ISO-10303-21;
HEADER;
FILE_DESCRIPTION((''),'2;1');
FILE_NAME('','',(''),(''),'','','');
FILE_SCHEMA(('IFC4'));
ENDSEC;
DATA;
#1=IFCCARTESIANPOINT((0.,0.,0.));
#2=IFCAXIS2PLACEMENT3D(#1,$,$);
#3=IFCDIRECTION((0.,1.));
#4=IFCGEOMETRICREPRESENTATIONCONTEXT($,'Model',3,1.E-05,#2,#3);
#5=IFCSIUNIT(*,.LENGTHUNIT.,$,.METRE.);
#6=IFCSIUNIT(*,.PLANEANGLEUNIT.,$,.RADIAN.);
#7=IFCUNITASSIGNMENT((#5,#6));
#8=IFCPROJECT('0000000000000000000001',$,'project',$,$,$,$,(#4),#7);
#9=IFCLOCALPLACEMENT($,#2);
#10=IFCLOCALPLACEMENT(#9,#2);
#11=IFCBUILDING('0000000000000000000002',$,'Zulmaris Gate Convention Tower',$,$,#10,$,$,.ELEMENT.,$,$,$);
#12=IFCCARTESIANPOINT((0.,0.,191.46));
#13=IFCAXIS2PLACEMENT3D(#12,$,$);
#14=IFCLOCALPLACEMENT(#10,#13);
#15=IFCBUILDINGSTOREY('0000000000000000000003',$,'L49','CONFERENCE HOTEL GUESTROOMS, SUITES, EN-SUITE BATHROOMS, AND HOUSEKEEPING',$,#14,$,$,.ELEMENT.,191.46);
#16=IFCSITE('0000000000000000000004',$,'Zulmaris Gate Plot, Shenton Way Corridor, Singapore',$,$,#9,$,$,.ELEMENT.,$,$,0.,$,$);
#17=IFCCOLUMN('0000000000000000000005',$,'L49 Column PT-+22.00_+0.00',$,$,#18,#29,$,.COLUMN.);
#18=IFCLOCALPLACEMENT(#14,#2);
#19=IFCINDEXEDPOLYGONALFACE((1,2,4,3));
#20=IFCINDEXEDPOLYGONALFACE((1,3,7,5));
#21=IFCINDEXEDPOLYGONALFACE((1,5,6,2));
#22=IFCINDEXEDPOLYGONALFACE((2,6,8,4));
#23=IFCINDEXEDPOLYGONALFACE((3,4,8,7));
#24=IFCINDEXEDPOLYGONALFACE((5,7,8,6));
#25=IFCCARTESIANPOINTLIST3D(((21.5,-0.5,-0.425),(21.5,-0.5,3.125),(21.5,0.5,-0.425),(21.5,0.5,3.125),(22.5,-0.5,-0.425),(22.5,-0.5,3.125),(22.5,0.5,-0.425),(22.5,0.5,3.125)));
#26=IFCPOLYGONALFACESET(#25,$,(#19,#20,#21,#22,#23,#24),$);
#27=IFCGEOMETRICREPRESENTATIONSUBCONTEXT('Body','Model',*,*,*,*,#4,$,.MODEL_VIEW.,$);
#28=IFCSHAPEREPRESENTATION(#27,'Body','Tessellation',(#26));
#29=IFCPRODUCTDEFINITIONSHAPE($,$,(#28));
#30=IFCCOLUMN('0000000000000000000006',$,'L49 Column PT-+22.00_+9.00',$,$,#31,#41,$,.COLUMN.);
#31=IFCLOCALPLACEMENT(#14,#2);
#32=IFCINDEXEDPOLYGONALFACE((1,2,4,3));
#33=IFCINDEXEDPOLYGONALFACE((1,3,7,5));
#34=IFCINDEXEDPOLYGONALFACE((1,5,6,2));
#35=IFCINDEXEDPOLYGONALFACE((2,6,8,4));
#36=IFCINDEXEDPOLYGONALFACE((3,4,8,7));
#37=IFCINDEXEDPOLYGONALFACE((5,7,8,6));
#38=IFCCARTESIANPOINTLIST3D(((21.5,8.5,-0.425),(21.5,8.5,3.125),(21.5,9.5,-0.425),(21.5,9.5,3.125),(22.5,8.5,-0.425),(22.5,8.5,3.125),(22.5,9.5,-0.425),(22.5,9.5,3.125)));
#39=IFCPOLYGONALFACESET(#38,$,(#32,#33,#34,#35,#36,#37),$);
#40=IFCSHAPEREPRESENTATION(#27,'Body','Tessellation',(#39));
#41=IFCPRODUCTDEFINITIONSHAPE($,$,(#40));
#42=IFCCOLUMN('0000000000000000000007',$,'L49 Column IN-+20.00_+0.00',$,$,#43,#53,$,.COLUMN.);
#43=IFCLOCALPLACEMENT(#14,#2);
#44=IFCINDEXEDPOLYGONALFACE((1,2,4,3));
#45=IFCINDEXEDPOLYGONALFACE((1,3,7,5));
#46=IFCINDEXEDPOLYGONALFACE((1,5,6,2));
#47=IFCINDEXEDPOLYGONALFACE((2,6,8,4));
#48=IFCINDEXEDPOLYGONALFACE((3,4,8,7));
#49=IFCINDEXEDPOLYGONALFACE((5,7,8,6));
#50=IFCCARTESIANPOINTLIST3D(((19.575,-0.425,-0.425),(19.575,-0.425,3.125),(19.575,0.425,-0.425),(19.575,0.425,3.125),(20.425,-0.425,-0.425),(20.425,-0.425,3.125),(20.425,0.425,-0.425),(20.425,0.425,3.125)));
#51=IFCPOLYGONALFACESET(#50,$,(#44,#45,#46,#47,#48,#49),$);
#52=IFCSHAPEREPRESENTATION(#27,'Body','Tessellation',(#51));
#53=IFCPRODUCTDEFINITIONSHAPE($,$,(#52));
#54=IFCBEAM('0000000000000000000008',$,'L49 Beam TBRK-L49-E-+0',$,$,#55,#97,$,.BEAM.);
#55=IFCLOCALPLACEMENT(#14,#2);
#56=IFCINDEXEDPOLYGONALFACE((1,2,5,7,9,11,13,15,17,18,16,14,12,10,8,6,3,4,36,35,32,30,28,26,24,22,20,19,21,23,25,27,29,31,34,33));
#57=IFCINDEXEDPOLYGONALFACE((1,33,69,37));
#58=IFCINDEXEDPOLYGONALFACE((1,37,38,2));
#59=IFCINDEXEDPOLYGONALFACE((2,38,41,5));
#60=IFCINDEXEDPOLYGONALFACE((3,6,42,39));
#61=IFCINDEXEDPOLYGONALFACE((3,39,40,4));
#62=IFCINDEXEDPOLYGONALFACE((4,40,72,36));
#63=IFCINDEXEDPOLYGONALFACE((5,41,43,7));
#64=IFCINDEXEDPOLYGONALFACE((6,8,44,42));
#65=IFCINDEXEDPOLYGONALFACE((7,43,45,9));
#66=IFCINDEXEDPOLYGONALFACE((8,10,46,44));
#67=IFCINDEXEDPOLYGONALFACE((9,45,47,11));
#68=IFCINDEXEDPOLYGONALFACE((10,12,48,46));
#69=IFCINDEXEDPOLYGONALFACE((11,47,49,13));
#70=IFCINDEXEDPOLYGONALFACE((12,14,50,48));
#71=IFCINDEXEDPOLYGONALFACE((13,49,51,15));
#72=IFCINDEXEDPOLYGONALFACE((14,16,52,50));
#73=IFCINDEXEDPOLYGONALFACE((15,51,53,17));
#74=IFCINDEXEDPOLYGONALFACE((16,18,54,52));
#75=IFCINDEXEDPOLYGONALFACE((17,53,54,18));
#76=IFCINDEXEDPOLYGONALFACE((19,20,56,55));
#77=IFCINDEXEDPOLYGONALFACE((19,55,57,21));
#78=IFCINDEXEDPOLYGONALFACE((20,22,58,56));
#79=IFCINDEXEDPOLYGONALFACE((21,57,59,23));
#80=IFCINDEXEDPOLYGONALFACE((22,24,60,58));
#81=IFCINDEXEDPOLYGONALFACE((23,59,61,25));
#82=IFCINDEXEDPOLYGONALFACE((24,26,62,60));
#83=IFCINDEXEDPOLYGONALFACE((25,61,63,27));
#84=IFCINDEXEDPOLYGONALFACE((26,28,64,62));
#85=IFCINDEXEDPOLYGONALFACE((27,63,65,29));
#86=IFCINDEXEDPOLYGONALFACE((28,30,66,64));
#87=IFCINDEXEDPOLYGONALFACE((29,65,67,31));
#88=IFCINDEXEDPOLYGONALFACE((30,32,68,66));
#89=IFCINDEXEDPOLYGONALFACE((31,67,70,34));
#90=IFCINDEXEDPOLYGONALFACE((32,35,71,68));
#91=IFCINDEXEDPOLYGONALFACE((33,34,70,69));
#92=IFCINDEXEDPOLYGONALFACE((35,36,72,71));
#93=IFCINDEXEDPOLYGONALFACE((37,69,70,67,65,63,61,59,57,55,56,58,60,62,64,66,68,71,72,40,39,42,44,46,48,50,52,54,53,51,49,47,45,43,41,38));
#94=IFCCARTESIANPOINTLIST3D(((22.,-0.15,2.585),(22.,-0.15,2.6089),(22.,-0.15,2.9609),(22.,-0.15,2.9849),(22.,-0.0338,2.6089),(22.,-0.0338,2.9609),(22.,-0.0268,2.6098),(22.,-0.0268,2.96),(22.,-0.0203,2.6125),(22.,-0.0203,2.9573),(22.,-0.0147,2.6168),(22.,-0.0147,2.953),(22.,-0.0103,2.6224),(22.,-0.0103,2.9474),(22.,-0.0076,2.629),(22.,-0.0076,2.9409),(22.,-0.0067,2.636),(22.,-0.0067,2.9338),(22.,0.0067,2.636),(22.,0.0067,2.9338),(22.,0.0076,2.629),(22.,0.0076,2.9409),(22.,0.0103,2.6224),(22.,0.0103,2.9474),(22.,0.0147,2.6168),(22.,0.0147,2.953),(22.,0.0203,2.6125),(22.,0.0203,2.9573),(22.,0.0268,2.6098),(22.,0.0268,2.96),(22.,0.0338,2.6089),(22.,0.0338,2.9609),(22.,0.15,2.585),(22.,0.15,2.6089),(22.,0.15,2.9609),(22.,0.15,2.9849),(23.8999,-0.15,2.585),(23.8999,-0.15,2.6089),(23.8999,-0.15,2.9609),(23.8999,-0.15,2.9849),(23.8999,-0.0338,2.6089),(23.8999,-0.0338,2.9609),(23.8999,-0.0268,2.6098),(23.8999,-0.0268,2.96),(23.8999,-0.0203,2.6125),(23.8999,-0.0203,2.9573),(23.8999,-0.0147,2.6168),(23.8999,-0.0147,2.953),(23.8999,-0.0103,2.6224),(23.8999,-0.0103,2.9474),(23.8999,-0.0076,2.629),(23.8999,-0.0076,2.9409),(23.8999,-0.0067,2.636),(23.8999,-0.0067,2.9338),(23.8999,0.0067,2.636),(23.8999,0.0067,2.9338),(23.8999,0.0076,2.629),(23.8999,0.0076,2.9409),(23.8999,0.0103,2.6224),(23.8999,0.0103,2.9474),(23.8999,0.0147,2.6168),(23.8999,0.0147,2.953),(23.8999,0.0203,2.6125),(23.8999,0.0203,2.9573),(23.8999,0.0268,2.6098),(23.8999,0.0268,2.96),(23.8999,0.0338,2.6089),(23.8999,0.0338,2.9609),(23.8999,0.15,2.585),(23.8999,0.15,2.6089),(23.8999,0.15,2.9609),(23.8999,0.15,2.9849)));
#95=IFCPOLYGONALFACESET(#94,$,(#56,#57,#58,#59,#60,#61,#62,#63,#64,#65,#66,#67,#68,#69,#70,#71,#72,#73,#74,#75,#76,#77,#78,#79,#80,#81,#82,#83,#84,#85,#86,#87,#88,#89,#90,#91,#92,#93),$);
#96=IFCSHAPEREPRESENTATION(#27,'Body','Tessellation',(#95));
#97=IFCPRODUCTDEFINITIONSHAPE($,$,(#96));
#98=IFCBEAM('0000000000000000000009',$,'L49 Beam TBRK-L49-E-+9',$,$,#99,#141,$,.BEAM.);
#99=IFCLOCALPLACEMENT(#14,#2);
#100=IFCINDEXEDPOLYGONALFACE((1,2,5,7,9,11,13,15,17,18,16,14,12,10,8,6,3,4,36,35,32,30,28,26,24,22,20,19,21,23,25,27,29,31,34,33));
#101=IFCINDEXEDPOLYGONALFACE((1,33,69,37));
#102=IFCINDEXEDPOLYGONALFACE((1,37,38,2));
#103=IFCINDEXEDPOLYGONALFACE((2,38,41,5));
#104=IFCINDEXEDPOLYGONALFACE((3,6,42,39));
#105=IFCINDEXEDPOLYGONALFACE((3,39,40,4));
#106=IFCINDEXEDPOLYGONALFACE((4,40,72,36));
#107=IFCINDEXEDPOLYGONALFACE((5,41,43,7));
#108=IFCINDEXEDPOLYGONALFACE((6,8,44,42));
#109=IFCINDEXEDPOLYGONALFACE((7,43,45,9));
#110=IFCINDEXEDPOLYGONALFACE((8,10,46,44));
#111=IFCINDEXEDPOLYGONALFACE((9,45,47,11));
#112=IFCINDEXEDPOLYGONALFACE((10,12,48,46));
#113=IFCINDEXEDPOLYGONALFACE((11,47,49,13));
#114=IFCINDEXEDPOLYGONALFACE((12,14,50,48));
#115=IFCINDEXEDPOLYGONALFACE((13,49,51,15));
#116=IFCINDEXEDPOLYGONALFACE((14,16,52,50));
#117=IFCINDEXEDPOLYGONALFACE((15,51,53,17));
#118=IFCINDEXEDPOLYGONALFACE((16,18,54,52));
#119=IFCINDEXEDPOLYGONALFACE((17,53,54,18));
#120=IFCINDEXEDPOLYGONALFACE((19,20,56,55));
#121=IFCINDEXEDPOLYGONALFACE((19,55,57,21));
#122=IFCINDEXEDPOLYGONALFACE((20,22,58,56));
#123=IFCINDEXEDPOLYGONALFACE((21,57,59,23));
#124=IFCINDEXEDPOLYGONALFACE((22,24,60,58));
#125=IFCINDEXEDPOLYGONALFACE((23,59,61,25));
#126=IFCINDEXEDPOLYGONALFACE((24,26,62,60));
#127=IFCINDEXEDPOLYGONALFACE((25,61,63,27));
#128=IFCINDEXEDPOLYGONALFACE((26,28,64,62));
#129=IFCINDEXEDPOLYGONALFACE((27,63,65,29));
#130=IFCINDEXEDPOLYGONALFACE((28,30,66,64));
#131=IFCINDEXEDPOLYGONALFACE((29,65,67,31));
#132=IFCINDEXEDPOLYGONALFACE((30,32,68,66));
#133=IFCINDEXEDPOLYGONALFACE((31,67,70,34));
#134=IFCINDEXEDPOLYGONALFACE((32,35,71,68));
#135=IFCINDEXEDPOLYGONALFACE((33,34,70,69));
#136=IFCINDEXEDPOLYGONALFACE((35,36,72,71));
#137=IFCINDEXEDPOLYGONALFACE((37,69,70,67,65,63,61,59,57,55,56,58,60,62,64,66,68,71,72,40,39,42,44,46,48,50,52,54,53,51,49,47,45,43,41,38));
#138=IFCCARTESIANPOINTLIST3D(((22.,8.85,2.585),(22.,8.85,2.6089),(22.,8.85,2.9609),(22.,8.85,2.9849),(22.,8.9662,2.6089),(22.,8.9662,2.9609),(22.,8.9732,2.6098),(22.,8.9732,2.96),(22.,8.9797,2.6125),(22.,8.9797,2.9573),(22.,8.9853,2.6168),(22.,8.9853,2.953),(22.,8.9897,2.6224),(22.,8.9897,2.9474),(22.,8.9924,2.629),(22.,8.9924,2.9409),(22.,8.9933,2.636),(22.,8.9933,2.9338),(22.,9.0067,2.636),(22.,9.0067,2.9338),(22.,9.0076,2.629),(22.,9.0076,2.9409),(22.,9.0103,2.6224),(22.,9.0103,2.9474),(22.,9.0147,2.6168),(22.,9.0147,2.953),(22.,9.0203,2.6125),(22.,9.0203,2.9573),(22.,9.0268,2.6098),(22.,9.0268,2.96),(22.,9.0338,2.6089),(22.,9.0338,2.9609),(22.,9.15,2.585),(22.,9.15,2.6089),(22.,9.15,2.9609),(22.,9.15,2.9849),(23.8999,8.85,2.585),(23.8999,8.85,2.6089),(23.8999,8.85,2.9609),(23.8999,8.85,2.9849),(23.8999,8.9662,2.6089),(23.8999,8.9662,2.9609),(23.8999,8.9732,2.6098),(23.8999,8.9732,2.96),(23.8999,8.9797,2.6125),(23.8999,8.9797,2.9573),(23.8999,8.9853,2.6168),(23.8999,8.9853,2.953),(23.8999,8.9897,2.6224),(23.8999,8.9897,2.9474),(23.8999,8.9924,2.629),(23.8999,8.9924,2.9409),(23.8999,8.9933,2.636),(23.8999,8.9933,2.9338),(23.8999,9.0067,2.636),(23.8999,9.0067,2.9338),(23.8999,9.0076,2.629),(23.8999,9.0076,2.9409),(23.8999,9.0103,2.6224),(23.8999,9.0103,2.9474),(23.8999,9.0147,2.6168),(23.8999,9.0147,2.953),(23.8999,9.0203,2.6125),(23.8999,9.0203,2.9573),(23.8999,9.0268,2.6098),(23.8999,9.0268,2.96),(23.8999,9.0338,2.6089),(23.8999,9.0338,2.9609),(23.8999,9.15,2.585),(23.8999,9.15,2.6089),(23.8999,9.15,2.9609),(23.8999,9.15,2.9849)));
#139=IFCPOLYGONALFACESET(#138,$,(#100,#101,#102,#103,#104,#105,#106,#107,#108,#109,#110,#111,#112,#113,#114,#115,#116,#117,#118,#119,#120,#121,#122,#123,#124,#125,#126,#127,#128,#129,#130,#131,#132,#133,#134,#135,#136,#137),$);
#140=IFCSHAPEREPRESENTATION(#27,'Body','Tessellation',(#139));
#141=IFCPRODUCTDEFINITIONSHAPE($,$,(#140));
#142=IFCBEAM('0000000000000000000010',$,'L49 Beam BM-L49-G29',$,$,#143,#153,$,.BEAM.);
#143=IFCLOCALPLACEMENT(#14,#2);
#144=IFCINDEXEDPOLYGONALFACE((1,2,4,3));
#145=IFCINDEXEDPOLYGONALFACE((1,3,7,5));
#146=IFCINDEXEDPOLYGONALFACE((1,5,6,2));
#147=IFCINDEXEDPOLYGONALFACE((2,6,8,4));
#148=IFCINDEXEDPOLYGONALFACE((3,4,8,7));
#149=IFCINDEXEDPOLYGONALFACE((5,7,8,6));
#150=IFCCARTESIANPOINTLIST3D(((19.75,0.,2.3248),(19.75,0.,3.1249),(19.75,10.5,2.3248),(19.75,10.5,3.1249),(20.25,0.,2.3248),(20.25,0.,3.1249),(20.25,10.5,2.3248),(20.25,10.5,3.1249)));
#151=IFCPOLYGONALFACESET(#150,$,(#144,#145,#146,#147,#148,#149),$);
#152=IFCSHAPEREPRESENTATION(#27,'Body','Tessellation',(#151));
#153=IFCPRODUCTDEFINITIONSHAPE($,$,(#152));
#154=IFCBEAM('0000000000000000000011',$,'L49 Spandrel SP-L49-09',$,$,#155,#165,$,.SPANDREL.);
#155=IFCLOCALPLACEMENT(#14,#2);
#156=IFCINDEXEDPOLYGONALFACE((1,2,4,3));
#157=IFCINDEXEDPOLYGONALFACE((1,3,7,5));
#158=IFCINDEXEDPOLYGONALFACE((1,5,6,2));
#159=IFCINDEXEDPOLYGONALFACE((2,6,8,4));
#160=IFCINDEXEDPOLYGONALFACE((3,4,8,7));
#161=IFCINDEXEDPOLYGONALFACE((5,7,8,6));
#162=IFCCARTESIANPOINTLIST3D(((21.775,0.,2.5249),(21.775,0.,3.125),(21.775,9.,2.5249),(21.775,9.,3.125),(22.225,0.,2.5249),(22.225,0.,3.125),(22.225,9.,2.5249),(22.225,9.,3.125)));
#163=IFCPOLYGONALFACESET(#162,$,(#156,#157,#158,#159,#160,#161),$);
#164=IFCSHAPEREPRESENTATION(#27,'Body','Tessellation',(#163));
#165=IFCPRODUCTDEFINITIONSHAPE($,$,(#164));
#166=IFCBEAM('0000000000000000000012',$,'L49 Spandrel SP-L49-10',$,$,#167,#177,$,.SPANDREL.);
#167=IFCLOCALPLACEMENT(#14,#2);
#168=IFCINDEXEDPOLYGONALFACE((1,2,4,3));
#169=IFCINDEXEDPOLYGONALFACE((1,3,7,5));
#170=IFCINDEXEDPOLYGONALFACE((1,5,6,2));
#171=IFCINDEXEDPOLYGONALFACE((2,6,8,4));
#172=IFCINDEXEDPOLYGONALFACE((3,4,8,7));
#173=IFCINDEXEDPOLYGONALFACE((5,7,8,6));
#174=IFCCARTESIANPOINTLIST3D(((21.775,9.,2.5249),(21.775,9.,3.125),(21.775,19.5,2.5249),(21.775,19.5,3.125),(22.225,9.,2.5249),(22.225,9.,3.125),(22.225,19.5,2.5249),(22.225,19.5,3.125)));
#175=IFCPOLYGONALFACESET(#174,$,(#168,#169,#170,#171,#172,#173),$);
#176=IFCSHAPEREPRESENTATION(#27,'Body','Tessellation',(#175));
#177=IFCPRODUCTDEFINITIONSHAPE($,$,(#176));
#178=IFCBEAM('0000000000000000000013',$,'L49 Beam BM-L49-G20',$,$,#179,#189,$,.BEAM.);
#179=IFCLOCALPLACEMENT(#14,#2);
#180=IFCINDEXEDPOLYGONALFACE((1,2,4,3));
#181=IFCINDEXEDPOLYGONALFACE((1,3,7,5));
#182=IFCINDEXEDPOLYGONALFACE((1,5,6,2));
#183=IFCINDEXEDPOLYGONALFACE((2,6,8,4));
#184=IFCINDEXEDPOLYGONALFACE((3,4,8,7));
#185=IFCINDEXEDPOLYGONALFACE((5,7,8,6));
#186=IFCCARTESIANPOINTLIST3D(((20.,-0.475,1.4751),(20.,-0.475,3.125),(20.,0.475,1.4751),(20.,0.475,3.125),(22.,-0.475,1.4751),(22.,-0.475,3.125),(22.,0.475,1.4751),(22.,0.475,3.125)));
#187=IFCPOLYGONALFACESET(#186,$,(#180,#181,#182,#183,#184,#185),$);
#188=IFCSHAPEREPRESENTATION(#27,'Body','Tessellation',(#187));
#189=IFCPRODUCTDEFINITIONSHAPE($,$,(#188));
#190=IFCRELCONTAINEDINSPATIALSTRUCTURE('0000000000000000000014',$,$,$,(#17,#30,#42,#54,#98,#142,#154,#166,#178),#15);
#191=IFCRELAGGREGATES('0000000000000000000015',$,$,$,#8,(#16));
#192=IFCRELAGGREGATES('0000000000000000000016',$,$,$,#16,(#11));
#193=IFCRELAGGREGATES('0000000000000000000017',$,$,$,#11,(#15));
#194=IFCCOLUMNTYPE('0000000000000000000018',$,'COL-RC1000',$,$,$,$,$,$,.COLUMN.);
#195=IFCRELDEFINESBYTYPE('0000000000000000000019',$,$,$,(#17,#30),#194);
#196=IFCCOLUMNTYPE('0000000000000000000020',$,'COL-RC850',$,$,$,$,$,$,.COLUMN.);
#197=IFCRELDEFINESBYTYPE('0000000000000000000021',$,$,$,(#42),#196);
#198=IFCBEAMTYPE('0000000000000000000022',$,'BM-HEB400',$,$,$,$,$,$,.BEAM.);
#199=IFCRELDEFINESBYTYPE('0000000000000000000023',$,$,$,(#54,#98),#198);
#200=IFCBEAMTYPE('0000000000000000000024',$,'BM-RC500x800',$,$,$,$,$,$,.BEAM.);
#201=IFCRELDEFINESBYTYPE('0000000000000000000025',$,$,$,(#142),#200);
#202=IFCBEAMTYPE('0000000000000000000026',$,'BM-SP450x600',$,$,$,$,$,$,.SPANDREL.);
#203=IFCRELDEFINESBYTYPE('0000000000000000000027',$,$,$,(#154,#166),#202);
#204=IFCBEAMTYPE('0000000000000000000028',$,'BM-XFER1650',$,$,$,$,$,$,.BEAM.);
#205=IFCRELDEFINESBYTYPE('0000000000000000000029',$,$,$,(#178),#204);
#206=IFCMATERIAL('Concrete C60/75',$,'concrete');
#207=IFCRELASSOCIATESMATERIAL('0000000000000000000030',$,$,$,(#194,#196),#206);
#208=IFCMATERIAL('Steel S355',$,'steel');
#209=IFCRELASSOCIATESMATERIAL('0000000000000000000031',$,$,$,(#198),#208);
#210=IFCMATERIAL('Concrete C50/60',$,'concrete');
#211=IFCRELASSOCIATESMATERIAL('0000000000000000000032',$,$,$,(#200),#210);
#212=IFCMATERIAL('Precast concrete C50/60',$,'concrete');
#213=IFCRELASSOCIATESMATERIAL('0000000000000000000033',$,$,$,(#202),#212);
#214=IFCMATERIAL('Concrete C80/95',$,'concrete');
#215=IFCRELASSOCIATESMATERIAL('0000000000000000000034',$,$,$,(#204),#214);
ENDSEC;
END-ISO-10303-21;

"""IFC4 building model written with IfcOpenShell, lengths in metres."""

from ifc_helpers import new_model, si_unit, direction, frame, origin, origin_2d, place, context, subcontext, project, spatial, rectangle, i_section, extrude, material, material_profile, profile_set, type_object, element, save


model = new_model("IFC4")

# Units and contexts
model_context = context("Model", 3, precision=1e-05, world=origin(), true_north=direction((0.0, 1.0)))
body_context = subcontext(model_context, "Body", "Model", "MODEL_VIEW")
ifc_project = project(units=[si_unit("LENGTHUNIT", "METRE"), si_unit("PLANEANGLEUNIT", "RADIAN")], contexts=[model_context])

# Site, building, storey
site_placement = place(None, origin())
site = spatial("IfcSite", under=ifc_project, at=site_placement, Name="Zulmaris Gate Plot, Shenton Way Corridor, Singapore", CompositionType="ELEMENT", RefElevation=0.0)
building_placement = place(site_placement, origin())
building = spatial("IfcBuilding", under=site, at=building_placement, Name="Zulmaris Gate Convention Tower", CompositionType="ELEMENT")
storey_placement = place(building_placement, frame((0.0, 0.0, 191.46)))
storey = spatial("IfcBuildingStorey", under=building, at=storey_placement, Name="L49", Description="CONFERENCE HOTEL GUESTROOMS, SUITES, EN-SUITE BATHROOMS, AND HOUSEKEEPING", CompositionType="ELEMENT", Elevation=191.46)

# Columns
ifc_material_1 = material(Name="Concrete C60/75", Category="concrete")
ifc_material_profile_1 = material_profile(ifc_material_1, rectangle(XDim=1.0, YDim=1.0, at=origin_2d()), Name="RC COL 1000x1000")
ifc_profile_set_1 = profile_set([ifc_material_profile_1], Name="Concrete C60/75")
column_type_1 = type_object("IfcColumnType", Name="COL-RC1000", PredefinedType="COLUMN", material=ifc_profile_set_1)
for number, where, z_axis, x_axis, name in (
    (1, (22.0, 0.0, -0.425), (0.0, 0.0, 1.0), (1.0, 0.0, 0.0), "L49 Column PT-+22.00_+0.00"),
    (2, (22.0, 9.0, -0.425), (0.0, 0.0, 1.0), (1.0, 0.0, 0.0), "L49 Column PT-+22.00_+9.00"),
):
    element("IfcColumn", number, at=place(storey_placement, frame(where, z_axis=z_axis, x_axis=x_axis)), inside=storey, type_object=column_type_1, Name=name, PredefinedType="COLUMN", context=body_context, shape_type="SweptSolid", body=[
        extrude(rectangle(XDim=1.0, YDim=1.0, at=origin_2d()), origin(), (0.0, 0.0, 1.0), 3.55),
    ])
ifc_material_profile_2 = material_profile(ifc_material_1, rectangle(XDim=0.8501, YDim=0.8501, at=origin_2d()), Name="RC COL 850x850")
ifc_profile_set_2 = profile_set([ifc_material_profile_2], Name="Concrete C60/75")
column_type_2 = type_object("IfcColumnType", Name="COL-RC850", PredefinedType="COLUMN", material=ifc_profile_set_2)
column_placement = place(storey_placement, frame((20.0, 0.0, -0.425), z_axis=(0.0, 0.0, 1.0), x_axis=(1.0, 0.0, 0.0)))
element("IfcColumn", 3, at=column_placement, inside=storey, type_object=column_type_2, Name="L49 Column IN-+20.00_+0.00", PredefinedType="COLUMN", context=body_context, shape_type="SweptSolid", body=[
    extrude(rectangle(XDim=0.8501, YDim=0.8501, at=origin_2d()), origin(), (0.0, 0.0, 1.0), 3.55),
])

# Beams
ifc_material_2 = material(Name="Steel S355", Category="steel")
ifc_material_profile_3 = material_profile(ifc_material_2, i_section(OverallWidth=0.3, OverallDepth=0.3999, WebThickness=0.0134, FlangeThickness=0.0239, FilletRadius=0.0271, at=origin_2d()), Name="HEB 400")
ifc_profile_set_3 = profile_set([ifc_material_profile_3], Name="Steel S355")
beam_type_1 = type_object("IfcBeamType", Name="BM-HEB400", PredefinedType="BEAM", material=ifc_profile_set_3)
for number, where, z_axis, x_axis, name in (
    (4, (22.0, 0.0, 2.7849), (1.0, 0.0, 0.0), (0.0, 1.0, 0.0), "L49 Beam TBRK-L49-E-+0"),
    (5, (22.0, 9.0, 2.7849), (1.0, 0.0, 0.0), (0.0, 1.0, 0.0), "L49 Beam TBRK-L49-E-+9"),
):
    element("IfcBeam", number, at=place(storey_placement, frame(where, z_axis=z_axis, x_axis=x_axis)), inside=storey, type_object=beam_type_1, Name=name, PredefinedType="BEAM", context=body_context, shape_type="SweptSolid", body=[
        extrude(i_section(OverallWidth=0.3, OverallDepth=0.3999, WebThickness=0.0134, FlangeThickness=0.0239, FilletRadius=0.0271, at=origin_2d()), origin(), (0.0, 0.0, 1.0), 1.8999),
    ])
ifc_material_3 = material(Name="Concrete C50/60", Category="concrete")
ifc_material_profile_4 = material_profile(ifc_material_3, rectangle(XDim=0.5, YDim=0.8, at=origin_2d()), Name="RC BEAM 500x800")
ifc_profile_set_4 = profile_set([ifc_material_profile_4], Name="Concrete C50/60")
beam_type_2 = type_object("IfcBeamType", Name="BM-RC500x800", PredefinedType="BEAM", material=ifc_profile_set_4)
beam_1_placement = place(storey_placement, frame((20.0, 0.0, 2.7249), z_axis=(0.0, 1.0, 0.0), x_axis=(-1.0, 0.0, 0.0)))
element("IfcBeam", 6, at=beam_1_placement, inside=storey, type_object=beam_type_2, Name="L49 Beam BM-L49-G29", PredefinedType="BEAM", context=body_context, shape_type="SweptSolid", body=[
    extrude(rectangle(XDim=0.5, YDim=0.8, at=origin_2d()), origin(), (0.0, 0.0, 1.0), 10.5),
])
ifc_material_4 = material(Name="Precast concrete C50/60", Category="concrete")
ifc_material_profile_5 = material_profile(ifc_material_4, rectangle(XDim=0.45, YDim=0.6001, at=origin_2d()), Name="RC SPANDREL 450x600")
ifc_profile_set_5 = profile_set([ifc_material_profile_5], Name="Precast concrete C50/60")
beam_type_3 = type_object("IfcBeamType", Name="BM-SP450x600", PredefinedType="SPANDREL", material=ifc_profile_set_5)
beam_2_placement = place(storey_placement, frame((22.0, 0.0, 2.825), z_axis=(0.0, 1.0, 0.0), x_axis=(-1.0, 0.0, 0.0)))
element("IfcBeam", 7, at=beam_2_placement, inside=storey, type_object=beam_type_3, Name="L49 Spandrel SP-L49-09", PredefinedType="SPANDREL", context=body_context, shape_type="SweptSolid", body=[
    extrude(rectangle(XDim=0.45, YDim=0.6001, at=origin_2d()), origin(), (0.0, 0.0, 1.0), 9.0),
])
beam_3_placement = place(storey_placement, frame((22.0, 9.0, 2.825), z_axis=(0.0, 1.0, 0.0), x_axis=(-1.0, 0.0, 0.0)))
element("IfcBeam", 8, at=beam_3_placement, inside=storey, type_object=beam_type_3, Name="L49 Spandrel SP-L49-10", PredefinedType="SPANDREL", context=body_context, shape_type="SweptSolid", body=[
    extrude(rectangle(XDim=0.45, YDim=0.6001, at=origin_2d()), origin(), (0.0, 0.0, 1.0), 10.5),
])
ifc_material_5 = material(Name="Concrete C80/95", Category="concrete")
ifc_material_profile_6 = material_profile(ifc_material_5, rectangle(XDim=0.95, YDim=1.6499, at=origin_2d()), Name="RC TRANSFER 950x1650")
ifc_profile_set_6 = profile_set([ifc_material_profile_6], Name="Concrete C80/95")
beam_type_4 = type_object("IfcBeamType", Name="BM-XFER1650", PredefinedType="BEAM", material=ifc_profile_set_6)
for number, where, z_axis, x_axis, name in (
    (9, (20.0, 0.0, 2.3), (1.0, 0.0, 0.0), (0.0, 1.0, 0.0), "L49 Beam BM-L49-G20"),
):
    element("IfcBeam", number, at=place(storey_placement, frame(where, z_axis=z_axis, x_axis=x_axis)), inside=storey, type_object=beam_type_4, Name=name, PredefinedType="BEAM", context=body_context, shape_type="SweptSolid", body=[
        extrude(rectangle(XDim=0.95, YDim=1.6499, at=origin_2d()), origin(), (0.0, 0.0, 1.0), 2.0),
    ])

save(model, "model.ifc")
